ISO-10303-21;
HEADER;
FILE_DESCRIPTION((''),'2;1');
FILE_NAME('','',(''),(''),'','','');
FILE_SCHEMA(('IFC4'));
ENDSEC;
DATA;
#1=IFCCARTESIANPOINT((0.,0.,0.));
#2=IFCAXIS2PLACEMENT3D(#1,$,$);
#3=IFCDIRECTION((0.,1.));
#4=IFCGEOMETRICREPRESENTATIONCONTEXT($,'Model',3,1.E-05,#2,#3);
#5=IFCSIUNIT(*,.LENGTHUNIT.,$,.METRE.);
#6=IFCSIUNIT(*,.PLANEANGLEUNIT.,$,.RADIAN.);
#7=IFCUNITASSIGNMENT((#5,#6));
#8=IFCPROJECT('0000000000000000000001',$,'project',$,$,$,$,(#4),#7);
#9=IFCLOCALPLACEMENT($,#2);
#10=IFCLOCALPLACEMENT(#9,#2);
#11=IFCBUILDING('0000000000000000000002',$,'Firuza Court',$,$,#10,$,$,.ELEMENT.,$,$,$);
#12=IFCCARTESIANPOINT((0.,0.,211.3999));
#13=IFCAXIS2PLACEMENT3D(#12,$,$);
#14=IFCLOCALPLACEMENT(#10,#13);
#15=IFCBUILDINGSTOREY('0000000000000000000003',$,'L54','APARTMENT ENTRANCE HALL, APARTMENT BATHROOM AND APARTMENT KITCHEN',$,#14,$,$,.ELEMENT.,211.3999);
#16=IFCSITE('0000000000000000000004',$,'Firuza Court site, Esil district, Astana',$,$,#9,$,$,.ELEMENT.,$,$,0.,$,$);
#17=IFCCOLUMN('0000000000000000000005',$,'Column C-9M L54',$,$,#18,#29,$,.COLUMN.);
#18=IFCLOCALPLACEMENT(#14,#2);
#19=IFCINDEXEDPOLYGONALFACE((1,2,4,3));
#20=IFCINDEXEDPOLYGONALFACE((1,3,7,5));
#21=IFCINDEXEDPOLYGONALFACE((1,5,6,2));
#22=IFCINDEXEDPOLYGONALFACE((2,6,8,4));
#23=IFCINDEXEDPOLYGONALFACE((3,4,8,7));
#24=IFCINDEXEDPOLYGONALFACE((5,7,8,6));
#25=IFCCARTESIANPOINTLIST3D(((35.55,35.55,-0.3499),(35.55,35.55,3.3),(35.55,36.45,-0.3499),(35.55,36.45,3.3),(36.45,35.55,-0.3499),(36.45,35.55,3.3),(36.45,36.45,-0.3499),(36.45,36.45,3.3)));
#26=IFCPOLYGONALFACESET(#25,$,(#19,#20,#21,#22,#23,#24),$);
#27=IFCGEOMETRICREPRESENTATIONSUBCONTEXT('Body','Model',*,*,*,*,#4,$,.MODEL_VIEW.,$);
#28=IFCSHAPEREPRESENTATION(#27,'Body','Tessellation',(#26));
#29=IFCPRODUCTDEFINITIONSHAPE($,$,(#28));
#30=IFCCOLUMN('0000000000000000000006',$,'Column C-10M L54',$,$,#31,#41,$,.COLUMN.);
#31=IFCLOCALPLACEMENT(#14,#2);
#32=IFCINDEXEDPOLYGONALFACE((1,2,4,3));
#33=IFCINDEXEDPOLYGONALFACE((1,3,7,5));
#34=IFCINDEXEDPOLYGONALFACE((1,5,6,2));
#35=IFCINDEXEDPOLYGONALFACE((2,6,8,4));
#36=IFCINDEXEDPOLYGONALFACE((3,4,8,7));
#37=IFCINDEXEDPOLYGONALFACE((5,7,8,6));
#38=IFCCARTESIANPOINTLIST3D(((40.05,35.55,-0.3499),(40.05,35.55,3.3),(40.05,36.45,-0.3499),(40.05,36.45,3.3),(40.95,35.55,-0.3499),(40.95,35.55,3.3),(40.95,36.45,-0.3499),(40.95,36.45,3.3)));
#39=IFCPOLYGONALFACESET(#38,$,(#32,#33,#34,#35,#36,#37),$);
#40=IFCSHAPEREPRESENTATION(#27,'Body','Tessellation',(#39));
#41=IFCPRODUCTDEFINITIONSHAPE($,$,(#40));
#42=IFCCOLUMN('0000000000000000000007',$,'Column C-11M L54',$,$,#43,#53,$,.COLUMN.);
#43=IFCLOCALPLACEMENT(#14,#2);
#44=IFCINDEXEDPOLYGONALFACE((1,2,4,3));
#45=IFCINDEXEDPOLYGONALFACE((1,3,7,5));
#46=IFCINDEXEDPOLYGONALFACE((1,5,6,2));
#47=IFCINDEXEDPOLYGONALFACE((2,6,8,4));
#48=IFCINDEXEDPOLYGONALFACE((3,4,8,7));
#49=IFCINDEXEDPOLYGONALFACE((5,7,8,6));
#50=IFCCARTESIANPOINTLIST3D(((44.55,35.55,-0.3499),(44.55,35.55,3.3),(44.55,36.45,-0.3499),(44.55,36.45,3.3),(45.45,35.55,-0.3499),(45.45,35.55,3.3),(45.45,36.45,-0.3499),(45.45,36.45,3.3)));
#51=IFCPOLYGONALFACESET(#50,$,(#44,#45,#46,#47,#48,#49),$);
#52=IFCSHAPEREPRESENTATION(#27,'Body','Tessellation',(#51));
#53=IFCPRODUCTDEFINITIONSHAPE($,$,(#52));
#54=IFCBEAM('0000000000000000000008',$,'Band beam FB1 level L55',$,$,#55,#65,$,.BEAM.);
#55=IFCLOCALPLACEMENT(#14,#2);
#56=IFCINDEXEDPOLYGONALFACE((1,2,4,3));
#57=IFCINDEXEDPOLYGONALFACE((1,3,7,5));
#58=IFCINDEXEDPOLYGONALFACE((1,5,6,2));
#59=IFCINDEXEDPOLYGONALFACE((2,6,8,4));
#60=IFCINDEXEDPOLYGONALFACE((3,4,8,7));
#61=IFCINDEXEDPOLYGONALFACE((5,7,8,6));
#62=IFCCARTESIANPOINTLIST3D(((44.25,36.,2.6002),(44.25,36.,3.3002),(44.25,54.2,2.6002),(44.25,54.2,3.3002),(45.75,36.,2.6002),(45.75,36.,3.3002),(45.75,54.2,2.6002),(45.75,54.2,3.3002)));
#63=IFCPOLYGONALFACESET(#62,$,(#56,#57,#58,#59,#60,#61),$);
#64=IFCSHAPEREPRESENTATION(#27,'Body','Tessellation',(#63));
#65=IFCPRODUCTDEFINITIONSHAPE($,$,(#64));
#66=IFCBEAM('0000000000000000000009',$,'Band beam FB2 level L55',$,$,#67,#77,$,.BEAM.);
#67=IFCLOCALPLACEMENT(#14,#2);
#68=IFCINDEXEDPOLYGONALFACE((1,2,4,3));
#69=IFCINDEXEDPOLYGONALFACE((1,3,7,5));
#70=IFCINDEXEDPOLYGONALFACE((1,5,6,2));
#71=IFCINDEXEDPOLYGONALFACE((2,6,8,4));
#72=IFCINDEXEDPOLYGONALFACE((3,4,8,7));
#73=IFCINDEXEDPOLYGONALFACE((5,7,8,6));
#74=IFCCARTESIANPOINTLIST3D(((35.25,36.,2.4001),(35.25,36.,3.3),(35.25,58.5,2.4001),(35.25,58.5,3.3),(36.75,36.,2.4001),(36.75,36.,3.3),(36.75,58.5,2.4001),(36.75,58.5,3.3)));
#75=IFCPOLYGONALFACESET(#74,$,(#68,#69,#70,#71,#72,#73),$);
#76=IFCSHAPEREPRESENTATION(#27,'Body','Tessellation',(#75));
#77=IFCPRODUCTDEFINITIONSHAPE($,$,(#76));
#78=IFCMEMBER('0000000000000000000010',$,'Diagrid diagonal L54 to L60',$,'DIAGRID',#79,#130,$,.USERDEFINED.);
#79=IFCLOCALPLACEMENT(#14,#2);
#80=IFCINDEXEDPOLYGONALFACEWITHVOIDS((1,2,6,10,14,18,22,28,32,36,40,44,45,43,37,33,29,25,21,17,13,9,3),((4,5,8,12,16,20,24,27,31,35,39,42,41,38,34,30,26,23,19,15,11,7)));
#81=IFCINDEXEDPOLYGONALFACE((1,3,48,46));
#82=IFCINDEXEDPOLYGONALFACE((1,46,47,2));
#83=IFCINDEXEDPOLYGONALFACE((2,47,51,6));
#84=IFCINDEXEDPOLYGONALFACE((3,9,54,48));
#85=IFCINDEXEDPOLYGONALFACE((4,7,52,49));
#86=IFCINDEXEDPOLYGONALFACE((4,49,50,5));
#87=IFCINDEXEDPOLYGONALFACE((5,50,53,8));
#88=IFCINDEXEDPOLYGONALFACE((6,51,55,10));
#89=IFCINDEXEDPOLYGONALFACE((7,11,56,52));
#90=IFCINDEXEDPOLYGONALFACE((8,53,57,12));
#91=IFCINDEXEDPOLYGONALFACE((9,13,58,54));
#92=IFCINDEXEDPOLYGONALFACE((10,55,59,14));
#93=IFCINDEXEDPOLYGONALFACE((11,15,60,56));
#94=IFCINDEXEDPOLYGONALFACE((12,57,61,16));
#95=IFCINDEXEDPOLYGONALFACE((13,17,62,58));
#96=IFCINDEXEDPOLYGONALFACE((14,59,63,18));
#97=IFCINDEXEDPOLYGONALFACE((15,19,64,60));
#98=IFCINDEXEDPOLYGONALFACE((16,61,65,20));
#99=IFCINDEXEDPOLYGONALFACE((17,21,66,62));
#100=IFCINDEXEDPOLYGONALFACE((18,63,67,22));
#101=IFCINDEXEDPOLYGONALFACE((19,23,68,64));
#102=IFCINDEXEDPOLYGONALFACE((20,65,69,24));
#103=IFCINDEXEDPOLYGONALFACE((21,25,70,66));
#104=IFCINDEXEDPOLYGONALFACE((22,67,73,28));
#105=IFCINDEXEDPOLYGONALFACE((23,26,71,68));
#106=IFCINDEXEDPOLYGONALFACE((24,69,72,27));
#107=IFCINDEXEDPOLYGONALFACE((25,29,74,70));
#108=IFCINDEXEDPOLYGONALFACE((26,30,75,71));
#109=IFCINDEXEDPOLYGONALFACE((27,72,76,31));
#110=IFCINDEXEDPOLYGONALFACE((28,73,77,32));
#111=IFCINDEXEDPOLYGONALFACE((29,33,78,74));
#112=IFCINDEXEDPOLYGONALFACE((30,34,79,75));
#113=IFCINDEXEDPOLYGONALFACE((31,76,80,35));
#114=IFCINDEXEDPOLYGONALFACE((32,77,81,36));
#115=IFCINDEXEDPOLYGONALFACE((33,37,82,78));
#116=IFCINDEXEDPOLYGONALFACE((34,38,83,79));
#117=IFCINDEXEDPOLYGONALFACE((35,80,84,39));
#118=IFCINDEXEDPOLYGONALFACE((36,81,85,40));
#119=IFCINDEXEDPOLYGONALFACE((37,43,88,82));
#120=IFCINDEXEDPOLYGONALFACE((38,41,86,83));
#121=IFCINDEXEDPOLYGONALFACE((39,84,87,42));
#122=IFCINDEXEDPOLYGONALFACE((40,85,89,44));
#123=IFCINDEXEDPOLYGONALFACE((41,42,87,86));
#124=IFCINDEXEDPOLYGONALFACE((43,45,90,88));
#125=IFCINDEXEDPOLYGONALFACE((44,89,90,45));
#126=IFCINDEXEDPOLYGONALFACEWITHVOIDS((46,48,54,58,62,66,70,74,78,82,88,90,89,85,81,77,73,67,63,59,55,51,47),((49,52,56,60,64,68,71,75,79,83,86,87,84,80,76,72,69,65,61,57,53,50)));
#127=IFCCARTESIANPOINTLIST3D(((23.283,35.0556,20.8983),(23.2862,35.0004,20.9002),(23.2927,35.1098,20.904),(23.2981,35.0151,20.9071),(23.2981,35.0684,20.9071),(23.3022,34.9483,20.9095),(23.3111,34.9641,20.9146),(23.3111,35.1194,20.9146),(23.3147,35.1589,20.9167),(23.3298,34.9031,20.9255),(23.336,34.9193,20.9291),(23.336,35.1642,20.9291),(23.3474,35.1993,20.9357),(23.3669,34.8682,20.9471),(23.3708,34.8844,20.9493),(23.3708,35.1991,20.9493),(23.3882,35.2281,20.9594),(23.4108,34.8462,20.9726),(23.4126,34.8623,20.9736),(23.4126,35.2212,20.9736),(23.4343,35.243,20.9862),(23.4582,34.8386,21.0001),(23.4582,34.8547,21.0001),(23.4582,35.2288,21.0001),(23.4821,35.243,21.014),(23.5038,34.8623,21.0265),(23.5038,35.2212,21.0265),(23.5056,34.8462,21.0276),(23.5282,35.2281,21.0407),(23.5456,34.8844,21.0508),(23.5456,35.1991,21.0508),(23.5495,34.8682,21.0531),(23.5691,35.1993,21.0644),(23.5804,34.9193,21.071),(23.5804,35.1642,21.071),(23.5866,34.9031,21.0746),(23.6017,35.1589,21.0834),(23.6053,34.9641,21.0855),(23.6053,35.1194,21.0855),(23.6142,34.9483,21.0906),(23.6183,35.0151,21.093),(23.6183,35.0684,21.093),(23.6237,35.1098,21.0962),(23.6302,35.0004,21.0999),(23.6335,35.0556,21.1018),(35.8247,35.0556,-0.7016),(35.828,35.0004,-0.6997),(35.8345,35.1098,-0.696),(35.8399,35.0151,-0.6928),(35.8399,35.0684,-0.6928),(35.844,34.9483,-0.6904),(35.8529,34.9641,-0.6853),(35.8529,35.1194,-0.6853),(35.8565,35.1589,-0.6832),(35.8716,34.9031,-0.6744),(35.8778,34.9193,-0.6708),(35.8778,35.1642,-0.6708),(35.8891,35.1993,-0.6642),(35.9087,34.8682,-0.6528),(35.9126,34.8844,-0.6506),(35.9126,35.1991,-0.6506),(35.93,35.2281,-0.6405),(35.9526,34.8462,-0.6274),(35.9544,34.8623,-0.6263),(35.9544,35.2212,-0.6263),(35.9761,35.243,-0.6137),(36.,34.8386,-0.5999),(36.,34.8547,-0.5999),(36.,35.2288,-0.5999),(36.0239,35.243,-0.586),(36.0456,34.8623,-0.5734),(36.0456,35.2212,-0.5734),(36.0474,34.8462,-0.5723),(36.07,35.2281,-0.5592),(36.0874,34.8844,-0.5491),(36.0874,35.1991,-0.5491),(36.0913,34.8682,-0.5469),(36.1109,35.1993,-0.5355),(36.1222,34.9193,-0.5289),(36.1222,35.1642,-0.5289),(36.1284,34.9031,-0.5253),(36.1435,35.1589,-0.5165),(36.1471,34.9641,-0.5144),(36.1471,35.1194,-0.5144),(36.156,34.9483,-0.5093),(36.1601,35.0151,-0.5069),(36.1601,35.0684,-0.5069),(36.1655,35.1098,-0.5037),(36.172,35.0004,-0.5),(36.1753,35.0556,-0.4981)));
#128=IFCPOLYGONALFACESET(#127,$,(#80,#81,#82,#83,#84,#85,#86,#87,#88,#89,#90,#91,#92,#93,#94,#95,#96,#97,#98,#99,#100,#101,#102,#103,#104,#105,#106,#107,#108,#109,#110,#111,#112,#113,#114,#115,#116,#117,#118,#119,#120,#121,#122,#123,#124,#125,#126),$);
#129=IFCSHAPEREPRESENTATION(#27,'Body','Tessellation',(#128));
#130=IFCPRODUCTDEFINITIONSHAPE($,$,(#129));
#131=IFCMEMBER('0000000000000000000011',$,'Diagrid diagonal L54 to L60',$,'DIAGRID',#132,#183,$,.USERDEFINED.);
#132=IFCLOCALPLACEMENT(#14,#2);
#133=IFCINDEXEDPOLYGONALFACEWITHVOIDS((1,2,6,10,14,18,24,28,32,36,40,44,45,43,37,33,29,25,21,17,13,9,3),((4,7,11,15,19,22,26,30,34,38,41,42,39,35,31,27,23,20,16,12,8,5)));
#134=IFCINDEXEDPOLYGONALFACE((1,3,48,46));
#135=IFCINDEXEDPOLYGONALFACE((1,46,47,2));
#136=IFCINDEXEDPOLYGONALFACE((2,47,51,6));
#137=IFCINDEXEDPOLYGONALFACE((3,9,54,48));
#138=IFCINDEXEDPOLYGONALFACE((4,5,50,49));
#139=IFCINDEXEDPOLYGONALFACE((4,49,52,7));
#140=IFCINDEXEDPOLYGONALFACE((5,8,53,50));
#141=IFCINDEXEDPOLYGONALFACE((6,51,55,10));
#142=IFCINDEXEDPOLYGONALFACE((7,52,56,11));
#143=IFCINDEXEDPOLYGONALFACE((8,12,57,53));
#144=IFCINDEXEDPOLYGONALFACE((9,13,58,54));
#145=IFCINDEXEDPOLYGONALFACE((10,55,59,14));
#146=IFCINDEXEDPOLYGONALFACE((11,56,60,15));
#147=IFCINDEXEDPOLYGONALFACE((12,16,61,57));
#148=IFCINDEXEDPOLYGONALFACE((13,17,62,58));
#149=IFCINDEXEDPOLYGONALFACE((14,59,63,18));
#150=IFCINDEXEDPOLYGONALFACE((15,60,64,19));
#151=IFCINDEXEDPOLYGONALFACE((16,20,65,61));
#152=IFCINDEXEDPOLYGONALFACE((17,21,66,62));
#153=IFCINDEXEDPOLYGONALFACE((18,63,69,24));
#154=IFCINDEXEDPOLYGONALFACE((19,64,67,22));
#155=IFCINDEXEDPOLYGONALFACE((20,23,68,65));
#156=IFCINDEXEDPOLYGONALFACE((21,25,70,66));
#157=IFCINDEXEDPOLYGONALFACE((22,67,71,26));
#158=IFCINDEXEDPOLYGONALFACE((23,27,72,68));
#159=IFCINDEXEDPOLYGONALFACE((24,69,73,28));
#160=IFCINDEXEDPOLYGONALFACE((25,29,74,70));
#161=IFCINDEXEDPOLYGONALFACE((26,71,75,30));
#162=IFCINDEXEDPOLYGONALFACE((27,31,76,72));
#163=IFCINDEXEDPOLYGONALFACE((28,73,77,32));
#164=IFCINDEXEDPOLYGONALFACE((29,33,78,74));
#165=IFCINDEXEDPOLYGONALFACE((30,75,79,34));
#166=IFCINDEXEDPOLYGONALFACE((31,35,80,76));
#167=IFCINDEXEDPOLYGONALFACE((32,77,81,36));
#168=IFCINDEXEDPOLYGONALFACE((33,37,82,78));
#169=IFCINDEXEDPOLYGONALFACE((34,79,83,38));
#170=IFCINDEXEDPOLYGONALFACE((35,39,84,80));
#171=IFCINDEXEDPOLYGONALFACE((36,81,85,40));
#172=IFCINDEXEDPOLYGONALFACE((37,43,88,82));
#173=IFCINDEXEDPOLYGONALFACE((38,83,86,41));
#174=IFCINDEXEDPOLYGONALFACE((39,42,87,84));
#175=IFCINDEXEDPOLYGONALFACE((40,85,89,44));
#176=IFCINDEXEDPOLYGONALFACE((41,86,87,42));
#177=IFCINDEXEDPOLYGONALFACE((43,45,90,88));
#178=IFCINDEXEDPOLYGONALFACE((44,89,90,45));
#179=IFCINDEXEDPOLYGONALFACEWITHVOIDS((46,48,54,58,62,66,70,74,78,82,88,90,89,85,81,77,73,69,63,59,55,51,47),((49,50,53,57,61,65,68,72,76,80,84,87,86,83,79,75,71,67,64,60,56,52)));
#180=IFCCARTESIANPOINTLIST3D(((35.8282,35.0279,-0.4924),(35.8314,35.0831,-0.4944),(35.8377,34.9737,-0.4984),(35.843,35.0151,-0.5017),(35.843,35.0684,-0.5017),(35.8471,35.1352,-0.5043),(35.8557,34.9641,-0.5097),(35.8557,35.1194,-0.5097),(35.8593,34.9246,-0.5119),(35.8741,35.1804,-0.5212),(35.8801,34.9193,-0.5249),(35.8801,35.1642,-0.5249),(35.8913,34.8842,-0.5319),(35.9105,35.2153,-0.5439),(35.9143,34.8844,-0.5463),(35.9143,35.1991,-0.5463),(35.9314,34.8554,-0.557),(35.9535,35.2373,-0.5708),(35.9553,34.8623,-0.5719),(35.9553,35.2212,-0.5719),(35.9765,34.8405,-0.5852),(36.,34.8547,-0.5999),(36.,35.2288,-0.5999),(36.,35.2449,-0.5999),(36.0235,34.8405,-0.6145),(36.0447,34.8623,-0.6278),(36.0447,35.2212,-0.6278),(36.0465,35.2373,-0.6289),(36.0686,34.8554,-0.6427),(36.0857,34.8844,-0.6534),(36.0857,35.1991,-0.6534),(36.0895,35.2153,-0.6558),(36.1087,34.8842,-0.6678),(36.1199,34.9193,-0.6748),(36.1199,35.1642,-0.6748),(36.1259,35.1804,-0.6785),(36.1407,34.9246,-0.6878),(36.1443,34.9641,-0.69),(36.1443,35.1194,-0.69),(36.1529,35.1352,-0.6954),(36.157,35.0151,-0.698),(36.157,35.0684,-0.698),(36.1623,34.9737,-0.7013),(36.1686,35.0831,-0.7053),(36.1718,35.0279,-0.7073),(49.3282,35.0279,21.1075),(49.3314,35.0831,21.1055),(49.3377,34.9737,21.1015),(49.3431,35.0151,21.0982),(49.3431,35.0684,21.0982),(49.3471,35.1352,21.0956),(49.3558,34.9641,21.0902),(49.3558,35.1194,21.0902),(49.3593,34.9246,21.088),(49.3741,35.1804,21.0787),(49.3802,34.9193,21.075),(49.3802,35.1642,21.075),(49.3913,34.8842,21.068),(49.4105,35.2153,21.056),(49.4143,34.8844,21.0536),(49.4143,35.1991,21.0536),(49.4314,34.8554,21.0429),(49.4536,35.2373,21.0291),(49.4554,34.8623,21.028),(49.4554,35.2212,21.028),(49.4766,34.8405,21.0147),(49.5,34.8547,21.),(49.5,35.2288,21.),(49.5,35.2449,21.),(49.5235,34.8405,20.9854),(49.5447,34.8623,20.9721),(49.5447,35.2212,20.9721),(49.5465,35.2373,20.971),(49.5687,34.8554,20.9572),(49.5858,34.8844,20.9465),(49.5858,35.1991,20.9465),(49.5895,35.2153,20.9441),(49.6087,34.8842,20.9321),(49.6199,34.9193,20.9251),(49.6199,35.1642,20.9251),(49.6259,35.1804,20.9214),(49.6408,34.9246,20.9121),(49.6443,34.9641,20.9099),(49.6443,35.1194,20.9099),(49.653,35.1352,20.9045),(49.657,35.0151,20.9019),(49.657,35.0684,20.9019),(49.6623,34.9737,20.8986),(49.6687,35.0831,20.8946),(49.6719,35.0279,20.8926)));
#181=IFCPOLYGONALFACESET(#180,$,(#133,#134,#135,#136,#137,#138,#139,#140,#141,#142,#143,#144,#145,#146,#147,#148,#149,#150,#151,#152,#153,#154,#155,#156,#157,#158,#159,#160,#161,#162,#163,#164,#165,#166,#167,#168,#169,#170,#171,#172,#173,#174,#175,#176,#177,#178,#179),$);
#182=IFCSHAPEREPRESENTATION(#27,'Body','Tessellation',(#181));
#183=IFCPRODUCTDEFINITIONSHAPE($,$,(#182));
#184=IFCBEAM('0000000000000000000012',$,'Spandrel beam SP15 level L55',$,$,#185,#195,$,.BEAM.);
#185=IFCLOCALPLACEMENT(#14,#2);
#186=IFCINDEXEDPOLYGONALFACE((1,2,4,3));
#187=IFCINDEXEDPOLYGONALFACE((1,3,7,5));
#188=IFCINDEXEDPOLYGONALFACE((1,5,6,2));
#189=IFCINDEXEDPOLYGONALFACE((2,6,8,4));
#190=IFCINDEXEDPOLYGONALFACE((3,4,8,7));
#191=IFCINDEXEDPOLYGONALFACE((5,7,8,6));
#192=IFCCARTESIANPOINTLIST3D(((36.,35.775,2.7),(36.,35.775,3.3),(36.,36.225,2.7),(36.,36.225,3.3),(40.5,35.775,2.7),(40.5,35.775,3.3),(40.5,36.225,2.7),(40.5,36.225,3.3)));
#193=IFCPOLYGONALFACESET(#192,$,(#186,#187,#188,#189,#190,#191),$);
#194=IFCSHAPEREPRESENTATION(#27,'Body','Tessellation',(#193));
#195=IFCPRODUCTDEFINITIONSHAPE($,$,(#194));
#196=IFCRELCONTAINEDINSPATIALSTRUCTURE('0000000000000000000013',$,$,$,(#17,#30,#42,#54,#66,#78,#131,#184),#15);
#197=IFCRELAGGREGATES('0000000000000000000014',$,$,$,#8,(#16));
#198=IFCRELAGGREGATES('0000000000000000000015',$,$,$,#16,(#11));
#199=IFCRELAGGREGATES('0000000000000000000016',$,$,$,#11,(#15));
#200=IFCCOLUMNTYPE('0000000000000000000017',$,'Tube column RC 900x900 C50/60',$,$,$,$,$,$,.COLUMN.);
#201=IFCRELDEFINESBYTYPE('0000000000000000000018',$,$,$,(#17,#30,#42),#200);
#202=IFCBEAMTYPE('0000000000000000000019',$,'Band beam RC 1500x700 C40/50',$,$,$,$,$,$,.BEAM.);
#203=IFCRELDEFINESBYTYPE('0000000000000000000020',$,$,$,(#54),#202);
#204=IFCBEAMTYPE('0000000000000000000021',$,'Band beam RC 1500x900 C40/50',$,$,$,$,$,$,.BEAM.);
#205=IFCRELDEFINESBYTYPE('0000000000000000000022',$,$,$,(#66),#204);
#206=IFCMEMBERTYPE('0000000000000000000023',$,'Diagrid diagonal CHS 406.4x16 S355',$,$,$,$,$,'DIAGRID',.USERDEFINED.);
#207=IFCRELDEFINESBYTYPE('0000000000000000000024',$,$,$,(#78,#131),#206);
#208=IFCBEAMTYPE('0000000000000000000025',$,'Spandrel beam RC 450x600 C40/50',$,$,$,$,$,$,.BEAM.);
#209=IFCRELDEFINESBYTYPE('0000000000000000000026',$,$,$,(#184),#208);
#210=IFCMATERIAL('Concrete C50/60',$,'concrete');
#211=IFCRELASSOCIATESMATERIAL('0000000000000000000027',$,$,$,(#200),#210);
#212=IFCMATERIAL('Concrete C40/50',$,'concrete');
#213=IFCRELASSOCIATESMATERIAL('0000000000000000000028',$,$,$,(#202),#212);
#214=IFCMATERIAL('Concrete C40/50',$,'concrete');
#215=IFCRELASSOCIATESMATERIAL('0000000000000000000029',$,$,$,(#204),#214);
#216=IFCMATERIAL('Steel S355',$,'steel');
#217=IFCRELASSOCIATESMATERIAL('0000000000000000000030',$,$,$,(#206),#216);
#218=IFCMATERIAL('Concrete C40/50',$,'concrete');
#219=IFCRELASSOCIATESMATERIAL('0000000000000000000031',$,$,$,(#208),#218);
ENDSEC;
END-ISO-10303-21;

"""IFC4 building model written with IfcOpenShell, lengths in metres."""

from ifc_helpers import new_model, si_unit, direction, frame, origin, origin_2d, place, context, subcontext, project, spatial, rectangle, hollow_circle, extrude, material, material_profile, profile_set, type_object, element, save


model = new_model("IFC4")

# Units and contexts
model_context = context("Model", 3, precision=1e-05, world=origin(), true_north=direction((0.0, 1.0)))
body_context = subcontext(model_context, "Body", "Model", "MODEL_VIEW")
ifc_project = project(units=[si_unit("LENGTHUNIT", "METRE"), si_unit("PLANEANGLEUNIT", "RADIAN")], contexts=[model_context])

# Site, building, storey
site_placement = place(None, origin())
site = spatial("IfcSite", under=ifc_project, at=site_placement, Name="Firuza Court site, Esil district, Astana", CompositionType="ELEMENT", RefElevation=0.0)
building_placement = place(site_placement, origin())
building = spatial("IfcBuilding", under=site, at=building_placement, Name="Firuza Court", CompositionType="ELEMENT")
storey_placement = place(building_placement, frame((0.0, 0.0, 211.3999)))
storey = spatial("IfcBuildingStorey", under=building, at=storey_placement, Name="L54", Description="APARTMENT ENTRANCE HALL, APARTMENT BATHROOM AND APARTMENT KITCHEN", CompositionType="ELEMENT", Elevation=211.3999)

# Columns
ifc_material_1 = material(Name="Concrete C50/60", Category="concrete")
ifc_material_profile_1 = material_profile(ifc_material_1, rectangle(XDim=0.8999, YDim=0.8999, at=origin_2d()), Name="RC 900x900")
ifc_profile_set_1 = profile_set([ifc_material_profile_1], Name="Concrete C50/60")
column_type = type_object("IfcColumnType", Name="Tube column RC 900x900 C50/60", PredefinedType="COLUMN", material=ifc_profile_set_1)
for number, where, z_axis, x_axis, name in (
    (1, (36.0, 36.0, -0.3499), (0.0, 0.0, 1.0), (1.0, 0.0, 0.0), "Column C-9M L54"),
    (2, (40.5, 36.0, -0.3499), (0.0, 0.0, 1.0), (1.0, 0.0, 0.0), "Column C-10M L54"),
    (3, (45.0, 36.0, -0.3499), (0.0, 0.0, 1.0), (1.0, 0.0, 0.0), "Column C-11M L54"),
):
    element("IfcColumn", number, at=place(storey_placement, frame(where, z_axis=z_axis, x_axis=x_axis)), inside=storey, type_object=column_type, Name=name, PredefinedType="COLUMN", context=body_context, shape_type="SweptSolid", body=[
        extrude(rectangle(XDim=0.8999, YDim=0.8999, at=origin_2d()), origin(), (0.0, 0.0, 1.0), 3.6499),
    ])

# Beams
ifc_material_2 = material(Name="Concrete C40/50", Category="concrete")
ifc_material_profile_2 = material_profile(ifc_material_2, rectangle(XDim=1.5, YDim=0.7, at=origin_2d()), Name="RC 1500x700")
ifc_profile_set_2 = profile_set([ifc_material_profile_2], Name="Concrete C40/50")
beam_type_1 = type_object("IfcBeamType", Name="Band beam RC 1500x700 C40/50", PredefinedType="BEAM", material=ifc_profile_set_2)
beam_1_placement = place(storey_placement, frame((45.0, 36.0, 2.9502), z_axis=(0.0, 1.0, 0.0), x_axis=(-1.0, 0.0, 0.0)))
element("IfcBeam", 4, at=beam_1_placement, inside=storey, type_object=beam_type_1, Name="Band beam FB1 level L55", PredefinedType="BEAM", context=body_context, shape_type="SweptSolid", body=[
    extrude(rectangle(XDim=1.5, YDim=0.7, at=origin_2d()), origin(), (0.0, 0.0, 1.0), 18.2),
])
ifc_material_3 = material(Name="Concrete C40/50", Category="concrete")
ifc_material_profile_3 = material_profile(ifc_material_3, rectangle(XDim=1.5, YDim=0.8999, at=origin_2d()), Name="RC 1500x900")
ifc_profile_set_3 = profile_set([ifc_material_profile_3], Name="Concrete C40/50")
beam_type_2 = type_object("IfcBeamType", Name="Band beam RC 1500x900 C40/50", PredefinedType="BEAM", material=ifc_profile_set_3)
beam_2_placement = place(storey_placement, frame((36.0, 36.0, 2.8501), z_axis=(0.0, 1.0, 0.0), x_axis=(-1.0, 0.0, 0.0)))
element("IfcBeam", 5, at=beam_2_placement, inside=storey, type_object=beam_type_2, Name="Band beam FB2 level L55", PredefinedType="BEAM", context=body_context, shape_type="SweptSolid", body=[
    extrude(rectangle(XDim=1.5, YDim=0.8999, at=origin_2d()), origin(), (0.0, 0.0, 1.0), 22.5),
])

# Members
ifc_material_4 = material(Name="Steel S355", Category="steel")
ifc_material_profile_4 = material_profile(ifc_material_4, hollow_circle(Radius=0.2031, WallThickness=0.0161, at=origin_2d()), Name="CHS 406.4x16")
ifc_profile_set_4 = profile_set([ifc_material_profile_4], Name="Steel S355")
member_type = type_object("IfcMemberType", Name="Diagrid diagonal CHS 406.4x16 S355", ElementType="DIAGRID", PredefinedType="USERDEFINED", material=ifc_profile_set_4)
member_1_placement = place(storey_placement, frame((36.0, 35.0417, -0.5999), z_axis=(-0.502132, 0.0, 0.864791), x_axis=(0.0, -1.0, 0.0)))
element("IfcMember", 6, at=member_1_placement, inside=storey, type_object=member_type, Name="Diagrid diagonal L54 to L60", ObjectType="DIAGRID", PredefinedType="USERDEFINED", context=body_context, shape_type="SweptSolid", body=[
    extrude(hollow_circle(Radius=0.2031, WallThickness=0.0161, at=origin_2d()), origin(), (0.0, 0.0, 1.0), 24.9771),
])
member_2_placement = place(storey_placement, frame((36.0, 35.0417, -0.5999), z_axis=(0.530002, 0.0, 0.847997), x_axis=(0.0, 1.0, 0.0)))
element("IfcMember", 7, at=member_2_placement, inside=storey, type_object=member_type, Name="Diagrid diagonal L54 to L60", ObjectType="DIAGRID", PredefinedType="USERDEFINED", context=body_context, shape_type="SweptSolid", body=[
    extrude(hollow_circle(Radius=0.2031, WallThickness=0.0161, at=origin_2d()), origin(), (0.0, 0.0, 1.0), 25.4717),
])

# Beam
ifc_material_5 = material(Name="Concrete C40/50", Category="concrete")
ifc_material_profile_5 = material_profile(ifc_material_5, rectangle(XDim=0.45, YDim=0.6001, at=origin_2d()), Name="RC 450x600")
ifc_profile_set_5 = profile_set([ifc_material_profile_5], Name="Concrete C40/50")
beam_type_3 = type_object("IfcBeamType", Name="Spandrel beam RC 450x600 C40/50", PredefinedType="BEAM", material=ifc_profile_set_5)
for number, where, z_axis, x_axis, name in (
    (8, (36.0, 36.0, 3.0), (1.0, 0.0, 0.0), (0.0, 1.0, 0.0), "Spandrel beam SP15 level L55"),
):
    element("IfcBeam", number, at=place(storey_placement, frame(where, z_axis=z_axis, x_axis=x_axis)), inside=storey, type_object=beam_type_3, Name=name, PredefinedType="BEAM", context=body_context, shape_type="SweptSolid", body=[
        extrude(rectangle(XDim=0.45, YDim=0.6001, at=origin_2d()), origin(), (0.0, 0.0, 1.0), 4.5),
    ])

save(model, "model.ifc")
